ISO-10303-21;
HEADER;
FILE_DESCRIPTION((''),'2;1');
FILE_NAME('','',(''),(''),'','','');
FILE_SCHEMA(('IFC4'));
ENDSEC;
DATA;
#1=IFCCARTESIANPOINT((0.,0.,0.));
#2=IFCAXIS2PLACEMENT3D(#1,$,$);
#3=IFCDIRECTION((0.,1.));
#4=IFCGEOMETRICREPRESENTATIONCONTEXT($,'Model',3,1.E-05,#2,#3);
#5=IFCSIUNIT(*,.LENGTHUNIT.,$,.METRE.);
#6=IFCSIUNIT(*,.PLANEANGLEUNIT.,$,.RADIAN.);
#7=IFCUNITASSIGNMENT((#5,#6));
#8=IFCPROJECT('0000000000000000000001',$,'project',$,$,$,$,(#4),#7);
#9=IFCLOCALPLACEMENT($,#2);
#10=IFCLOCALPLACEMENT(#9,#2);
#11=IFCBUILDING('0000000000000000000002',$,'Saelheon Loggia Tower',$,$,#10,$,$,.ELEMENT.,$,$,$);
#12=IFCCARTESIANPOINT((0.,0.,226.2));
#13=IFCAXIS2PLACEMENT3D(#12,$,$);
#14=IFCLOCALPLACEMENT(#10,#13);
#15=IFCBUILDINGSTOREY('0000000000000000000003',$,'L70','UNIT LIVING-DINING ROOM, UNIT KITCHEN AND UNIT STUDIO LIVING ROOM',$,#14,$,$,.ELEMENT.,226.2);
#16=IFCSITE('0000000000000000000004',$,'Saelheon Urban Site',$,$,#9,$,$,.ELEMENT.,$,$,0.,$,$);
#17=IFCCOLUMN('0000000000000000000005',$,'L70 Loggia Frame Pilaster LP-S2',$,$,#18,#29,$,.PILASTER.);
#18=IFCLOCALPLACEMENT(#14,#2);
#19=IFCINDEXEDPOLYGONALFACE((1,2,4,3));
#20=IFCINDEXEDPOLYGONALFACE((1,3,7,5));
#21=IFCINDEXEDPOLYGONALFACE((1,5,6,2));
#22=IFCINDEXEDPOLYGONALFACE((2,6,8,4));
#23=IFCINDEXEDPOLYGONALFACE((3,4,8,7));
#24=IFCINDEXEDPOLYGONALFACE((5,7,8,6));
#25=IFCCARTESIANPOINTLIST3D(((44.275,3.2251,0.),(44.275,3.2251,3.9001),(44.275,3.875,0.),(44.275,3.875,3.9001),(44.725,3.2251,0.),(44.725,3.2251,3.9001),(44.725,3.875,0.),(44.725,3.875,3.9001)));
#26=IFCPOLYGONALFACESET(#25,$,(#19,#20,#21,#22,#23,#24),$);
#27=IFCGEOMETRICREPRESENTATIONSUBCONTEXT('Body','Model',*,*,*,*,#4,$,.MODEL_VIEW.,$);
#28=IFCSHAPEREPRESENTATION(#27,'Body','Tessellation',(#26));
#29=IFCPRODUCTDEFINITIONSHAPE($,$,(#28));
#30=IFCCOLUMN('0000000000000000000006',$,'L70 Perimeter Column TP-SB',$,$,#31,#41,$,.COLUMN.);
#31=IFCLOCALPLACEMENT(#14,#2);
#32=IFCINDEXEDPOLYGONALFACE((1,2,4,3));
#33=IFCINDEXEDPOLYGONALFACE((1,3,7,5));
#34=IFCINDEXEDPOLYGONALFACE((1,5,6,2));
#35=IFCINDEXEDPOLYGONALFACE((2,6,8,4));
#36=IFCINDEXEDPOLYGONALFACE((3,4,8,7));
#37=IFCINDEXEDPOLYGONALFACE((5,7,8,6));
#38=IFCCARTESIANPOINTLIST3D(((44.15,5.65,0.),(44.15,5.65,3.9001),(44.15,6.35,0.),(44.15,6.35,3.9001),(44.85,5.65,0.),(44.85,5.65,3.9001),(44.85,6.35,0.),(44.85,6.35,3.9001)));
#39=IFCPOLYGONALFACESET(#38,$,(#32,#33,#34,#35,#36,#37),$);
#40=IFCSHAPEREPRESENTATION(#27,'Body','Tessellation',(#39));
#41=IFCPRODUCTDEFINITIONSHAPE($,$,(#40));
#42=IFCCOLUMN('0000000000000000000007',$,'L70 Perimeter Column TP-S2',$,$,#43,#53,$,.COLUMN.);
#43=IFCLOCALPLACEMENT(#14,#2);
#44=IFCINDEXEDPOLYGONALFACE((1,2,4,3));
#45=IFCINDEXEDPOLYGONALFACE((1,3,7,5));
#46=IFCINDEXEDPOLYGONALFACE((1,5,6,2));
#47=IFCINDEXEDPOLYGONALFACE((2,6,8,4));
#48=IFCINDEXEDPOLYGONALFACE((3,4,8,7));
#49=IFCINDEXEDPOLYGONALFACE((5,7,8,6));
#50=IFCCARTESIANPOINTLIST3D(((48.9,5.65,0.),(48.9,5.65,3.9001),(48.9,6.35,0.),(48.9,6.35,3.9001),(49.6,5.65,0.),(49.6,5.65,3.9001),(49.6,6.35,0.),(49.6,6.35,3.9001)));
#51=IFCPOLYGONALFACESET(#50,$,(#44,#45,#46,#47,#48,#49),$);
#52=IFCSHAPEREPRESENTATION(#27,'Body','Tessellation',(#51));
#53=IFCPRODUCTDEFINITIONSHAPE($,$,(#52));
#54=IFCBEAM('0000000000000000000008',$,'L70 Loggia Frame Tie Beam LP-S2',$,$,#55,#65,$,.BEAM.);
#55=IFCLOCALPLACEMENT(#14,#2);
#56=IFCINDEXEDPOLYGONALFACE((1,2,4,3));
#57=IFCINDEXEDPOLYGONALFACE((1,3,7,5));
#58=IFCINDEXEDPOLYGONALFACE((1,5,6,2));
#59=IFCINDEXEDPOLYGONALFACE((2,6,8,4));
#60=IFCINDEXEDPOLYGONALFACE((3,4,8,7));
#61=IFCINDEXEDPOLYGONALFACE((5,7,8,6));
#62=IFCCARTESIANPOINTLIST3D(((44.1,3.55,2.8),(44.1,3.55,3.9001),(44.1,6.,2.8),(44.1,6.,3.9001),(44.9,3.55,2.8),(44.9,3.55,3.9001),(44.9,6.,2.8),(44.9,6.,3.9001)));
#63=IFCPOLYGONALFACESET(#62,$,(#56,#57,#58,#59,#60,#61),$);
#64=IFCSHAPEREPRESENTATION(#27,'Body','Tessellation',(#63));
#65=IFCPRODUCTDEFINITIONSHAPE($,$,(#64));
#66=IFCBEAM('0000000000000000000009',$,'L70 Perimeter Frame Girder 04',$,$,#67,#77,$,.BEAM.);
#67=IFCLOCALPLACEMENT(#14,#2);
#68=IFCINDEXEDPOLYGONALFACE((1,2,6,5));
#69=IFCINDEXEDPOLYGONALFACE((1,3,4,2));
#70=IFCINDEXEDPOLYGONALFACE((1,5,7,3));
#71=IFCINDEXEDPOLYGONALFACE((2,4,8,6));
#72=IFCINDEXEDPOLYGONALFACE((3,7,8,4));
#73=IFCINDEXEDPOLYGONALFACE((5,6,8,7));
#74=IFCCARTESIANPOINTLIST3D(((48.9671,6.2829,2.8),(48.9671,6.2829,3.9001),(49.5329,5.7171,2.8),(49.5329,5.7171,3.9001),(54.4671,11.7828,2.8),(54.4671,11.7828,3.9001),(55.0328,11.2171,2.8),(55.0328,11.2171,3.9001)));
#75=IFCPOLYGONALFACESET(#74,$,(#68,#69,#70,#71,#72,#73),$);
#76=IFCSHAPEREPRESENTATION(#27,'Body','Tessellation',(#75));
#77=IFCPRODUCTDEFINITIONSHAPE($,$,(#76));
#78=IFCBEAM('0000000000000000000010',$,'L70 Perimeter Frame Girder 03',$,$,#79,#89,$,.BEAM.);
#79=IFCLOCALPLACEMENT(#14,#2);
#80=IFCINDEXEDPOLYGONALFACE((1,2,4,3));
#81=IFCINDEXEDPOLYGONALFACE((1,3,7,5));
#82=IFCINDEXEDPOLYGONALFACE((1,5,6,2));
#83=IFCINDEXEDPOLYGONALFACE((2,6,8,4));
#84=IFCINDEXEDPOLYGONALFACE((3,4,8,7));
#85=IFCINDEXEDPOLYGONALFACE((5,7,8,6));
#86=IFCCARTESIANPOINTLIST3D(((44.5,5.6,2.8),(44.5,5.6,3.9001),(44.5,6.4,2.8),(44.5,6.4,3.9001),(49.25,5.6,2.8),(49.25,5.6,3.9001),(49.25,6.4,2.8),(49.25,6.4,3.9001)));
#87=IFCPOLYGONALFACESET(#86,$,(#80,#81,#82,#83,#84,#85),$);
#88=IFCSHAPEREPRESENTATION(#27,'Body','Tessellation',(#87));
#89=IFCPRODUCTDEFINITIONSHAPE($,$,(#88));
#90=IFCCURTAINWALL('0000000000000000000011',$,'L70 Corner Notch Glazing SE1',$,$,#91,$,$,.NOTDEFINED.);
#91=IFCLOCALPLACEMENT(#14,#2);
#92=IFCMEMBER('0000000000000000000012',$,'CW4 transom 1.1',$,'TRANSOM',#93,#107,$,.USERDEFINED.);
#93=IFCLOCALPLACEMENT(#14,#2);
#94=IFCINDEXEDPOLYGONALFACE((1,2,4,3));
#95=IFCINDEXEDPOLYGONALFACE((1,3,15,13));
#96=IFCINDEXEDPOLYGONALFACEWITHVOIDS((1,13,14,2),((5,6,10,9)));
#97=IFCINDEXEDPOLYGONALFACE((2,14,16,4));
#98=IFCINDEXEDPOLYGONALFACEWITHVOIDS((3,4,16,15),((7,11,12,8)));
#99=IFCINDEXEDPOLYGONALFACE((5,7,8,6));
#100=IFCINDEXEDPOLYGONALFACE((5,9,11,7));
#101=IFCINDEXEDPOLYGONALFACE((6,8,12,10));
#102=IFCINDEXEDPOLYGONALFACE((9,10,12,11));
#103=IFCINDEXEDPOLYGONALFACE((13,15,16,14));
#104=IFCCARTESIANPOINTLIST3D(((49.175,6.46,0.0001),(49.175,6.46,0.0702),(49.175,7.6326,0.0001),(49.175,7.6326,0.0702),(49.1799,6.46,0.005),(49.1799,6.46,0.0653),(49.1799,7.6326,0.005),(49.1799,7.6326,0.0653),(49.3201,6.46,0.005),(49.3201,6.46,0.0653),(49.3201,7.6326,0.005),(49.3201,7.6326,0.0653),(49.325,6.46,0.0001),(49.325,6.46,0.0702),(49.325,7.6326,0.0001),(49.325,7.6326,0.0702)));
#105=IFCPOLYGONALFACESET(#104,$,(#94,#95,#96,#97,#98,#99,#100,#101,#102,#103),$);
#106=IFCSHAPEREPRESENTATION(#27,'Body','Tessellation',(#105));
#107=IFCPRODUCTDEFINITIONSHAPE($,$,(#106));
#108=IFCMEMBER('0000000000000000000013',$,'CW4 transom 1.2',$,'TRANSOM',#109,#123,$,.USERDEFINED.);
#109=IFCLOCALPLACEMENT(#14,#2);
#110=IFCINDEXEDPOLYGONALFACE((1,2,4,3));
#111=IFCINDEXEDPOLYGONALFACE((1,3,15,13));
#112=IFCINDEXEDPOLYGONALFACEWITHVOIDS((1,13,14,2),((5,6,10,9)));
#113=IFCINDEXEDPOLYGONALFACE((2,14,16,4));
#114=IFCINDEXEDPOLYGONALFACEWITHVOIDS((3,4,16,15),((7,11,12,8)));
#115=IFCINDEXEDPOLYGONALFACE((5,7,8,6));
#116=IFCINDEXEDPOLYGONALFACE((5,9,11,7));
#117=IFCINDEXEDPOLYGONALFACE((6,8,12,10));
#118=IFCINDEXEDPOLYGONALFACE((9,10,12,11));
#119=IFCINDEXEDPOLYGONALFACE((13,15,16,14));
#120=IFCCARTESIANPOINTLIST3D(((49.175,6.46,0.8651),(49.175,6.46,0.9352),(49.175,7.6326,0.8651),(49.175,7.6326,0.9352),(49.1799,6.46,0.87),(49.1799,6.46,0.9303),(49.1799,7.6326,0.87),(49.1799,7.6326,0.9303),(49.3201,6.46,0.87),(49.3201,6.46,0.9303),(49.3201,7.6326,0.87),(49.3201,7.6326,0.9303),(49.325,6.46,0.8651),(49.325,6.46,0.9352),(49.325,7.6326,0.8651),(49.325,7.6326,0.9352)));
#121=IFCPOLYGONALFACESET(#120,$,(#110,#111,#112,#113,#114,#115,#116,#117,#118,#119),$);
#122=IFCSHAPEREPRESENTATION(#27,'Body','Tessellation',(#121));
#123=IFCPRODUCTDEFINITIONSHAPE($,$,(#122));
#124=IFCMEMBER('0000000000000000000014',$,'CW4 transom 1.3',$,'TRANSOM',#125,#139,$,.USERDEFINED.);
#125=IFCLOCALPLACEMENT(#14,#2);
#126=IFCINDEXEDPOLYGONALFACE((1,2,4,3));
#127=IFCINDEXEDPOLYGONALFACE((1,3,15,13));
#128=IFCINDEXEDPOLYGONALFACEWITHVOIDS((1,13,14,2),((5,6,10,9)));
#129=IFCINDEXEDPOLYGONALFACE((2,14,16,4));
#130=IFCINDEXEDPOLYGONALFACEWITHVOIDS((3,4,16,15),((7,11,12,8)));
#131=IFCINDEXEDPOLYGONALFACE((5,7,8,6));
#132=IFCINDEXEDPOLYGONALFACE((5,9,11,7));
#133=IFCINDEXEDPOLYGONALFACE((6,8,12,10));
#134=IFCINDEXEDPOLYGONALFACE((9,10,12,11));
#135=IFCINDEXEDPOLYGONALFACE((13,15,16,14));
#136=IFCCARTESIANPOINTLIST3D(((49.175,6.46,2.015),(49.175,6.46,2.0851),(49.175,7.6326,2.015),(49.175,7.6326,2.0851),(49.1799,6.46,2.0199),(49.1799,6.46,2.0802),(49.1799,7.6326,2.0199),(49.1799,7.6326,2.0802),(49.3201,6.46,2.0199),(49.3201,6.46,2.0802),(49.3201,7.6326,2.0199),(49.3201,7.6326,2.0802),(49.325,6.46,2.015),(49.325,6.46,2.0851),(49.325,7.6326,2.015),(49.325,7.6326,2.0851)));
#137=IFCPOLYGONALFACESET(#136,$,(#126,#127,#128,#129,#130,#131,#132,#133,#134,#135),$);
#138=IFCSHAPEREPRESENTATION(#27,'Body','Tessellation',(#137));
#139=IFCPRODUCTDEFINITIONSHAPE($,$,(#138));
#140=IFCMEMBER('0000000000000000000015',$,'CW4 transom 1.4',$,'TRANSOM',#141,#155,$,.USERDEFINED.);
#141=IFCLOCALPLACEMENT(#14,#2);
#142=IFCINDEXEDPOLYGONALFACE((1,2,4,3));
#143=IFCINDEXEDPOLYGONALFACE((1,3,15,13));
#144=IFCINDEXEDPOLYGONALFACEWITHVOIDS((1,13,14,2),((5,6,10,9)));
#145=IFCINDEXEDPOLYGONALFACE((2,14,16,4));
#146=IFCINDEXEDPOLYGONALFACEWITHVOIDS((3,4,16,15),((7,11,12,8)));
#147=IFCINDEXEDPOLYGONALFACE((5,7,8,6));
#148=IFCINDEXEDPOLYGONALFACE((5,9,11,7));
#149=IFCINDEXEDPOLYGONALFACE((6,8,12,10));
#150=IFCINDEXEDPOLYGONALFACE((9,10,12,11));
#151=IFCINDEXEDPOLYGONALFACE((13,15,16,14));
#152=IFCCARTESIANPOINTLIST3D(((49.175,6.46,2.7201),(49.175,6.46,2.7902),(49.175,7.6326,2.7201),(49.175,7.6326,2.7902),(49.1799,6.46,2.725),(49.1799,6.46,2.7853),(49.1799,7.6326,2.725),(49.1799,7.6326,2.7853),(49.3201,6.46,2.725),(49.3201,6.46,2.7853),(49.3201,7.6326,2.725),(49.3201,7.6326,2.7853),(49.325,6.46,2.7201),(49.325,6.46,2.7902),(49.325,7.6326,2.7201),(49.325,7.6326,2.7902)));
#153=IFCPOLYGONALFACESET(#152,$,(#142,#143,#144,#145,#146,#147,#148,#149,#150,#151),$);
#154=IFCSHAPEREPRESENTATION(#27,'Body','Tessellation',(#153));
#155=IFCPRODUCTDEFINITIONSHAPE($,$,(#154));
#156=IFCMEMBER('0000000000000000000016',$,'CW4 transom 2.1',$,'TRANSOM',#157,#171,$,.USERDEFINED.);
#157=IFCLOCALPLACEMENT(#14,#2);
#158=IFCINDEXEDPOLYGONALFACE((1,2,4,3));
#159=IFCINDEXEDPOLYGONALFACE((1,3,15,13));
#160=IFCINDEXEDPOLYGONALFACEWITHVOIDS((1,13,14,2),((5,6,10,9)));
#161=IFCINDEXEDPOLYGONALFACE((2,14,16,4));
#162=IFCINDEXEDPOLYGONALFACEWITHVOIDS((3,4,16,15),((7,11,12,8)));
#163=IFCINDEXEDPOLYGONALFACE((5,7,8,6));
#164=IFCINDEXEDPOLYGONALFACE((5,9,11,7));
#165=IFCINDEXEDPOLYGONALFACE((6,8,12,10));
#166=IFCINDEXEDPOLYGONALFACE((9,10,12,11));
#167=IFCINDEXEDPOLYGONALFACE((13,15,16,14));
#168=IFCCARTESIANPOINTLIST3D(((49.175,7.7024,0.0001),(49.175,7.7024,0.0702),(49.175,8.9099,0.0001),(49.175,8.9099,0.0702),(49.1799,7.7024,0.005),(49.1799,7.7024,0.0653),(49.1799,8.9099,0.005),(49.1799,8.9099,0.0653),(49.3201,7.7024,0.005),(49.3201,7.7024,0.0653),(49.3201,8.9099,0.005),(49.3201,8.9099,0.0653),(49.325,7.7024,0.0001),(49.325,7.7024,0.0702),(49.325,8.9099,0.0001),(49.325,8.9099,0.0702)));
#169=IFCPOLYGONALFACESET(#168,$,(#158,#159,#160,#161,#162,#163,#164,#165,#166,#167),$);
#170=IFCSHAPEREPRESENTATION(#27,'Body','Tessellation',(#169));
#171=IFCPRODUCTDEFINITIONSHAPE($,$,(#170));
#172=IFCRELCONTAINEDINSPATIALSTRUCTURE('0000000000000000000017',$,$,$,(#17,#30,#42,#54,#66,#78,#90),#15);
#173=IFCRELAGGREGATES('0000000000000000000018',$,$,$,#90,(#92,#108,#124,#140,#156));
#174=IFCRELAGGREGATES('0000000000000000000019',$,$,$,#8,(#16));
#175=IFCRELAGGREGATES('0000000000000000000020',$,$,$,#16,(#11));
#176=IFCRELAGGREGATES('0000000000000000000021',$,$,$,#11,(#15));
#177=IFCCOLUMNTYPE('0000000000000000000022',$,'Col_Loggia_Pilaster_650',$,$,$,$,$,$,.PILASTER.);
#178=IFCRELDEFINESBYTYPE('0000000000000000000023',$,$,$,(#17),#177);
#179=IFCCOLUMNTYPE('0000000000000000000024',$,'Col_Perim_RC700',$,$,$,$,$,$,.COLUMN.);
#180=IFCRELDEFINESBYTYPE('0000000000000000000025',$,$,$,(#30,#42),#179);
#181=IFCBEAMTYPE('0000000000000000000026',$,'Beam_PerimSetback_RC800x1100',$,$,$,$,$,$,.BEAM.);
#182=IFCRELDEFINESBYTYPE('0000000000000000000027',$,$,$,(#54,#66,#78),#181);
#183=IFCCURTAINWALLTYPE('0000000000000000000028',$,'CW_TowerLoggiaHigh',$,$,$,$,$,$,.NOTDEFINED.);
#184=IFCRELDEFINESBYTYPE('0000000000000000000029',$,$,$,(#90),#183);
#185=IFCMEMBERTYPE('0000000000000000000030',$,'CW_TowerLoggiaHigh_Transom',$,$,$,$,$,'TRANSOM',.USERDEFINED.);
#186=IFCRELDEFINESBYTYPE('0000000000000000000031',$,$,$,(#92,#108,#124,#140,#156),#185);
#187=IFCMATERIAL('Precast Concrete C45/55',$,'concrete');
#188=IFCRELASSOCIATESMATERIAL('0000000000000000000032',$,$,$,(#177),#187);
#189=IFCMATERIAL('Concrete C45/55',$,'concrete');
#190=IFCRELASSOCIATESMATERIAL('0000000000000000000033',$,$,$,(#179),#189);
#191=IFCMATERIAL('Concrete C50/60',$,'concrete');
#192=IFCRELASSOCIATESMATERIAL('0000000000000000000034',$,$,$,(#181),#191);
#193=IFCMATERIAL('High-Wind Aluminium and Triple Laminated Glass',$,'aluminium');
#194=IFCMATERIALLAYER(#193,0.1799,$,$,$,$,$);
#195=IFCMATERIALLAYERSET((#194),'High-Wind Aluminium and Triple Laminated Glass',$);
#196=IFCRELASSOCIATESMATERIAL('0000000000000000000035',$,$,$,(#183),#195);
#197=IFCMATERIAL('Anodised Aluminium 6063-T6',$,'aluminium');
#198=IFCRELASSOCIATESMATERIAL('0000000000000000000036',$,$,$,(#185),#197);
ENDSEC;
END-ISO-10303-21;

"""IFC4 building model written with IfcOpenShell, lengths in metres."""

from ifc_helpers import new_model, si_unit, direction, frame, origin, origin_2d, place, context, subcontext, project, spatial, rectangle, hollow_rectangle, extrude, source, transform, mapped, material, layer, layer_set, material_profile, profile_set, type_object, element, aggregate, save


model = new_model("IFC4")

# Units and contexts
model_context = context("Model", 3, precision=1e-05, world=origin(), true_north=direction((0.0, 1.0)))
body_context = subcontext(model_context, "Body", "Model", "MODEL_VIEW")
ifc_project = project(units=[si_unit("LENGTHUNIT", "METRE"), si_unit("PLANEANGLEUNIT", "RADIAN")], contexts=[model_context])

# Site, building, storey
site_placement = place(None, origin())
site = spatial("IfcSite", under=ifc_project, at=site_placement, Name="Saelheon Urban Site", CompositionType="ELEMENT", RefElevation=0.0)
building_placement = place(site_placement, origin())
building = spatial("IfcBuilding", under=site, at=building_placement, Name="Saelheon Loggia Tower", CompositionType="ELEMENT")
storey_placement = place(building_placement, frame((0.0, 0.0, 226.2)))
storey = spatial("IfcBuildingStorey", under=building, at=storey_placement, Name="L70", Description="UNIT LIVING-DINING ROOM, UNIT KITCHEN AND UNIT STUDIO LIVING ROOM", CompositionType="ELEMENT", Elevation=226.2)

# Columns
ifc_material_1 = material(Name="Precast Concrete C45/55", Category="concrete")
ifc_material_profile_1 = material_profile(ifc_material_1, rectangle(XDim=0.45, YDim=0.6499, at=origin_2d()), Name="RC-450x650")
ifc_profile_set_1 = profile_set([ifc_material_profile_1], Name="Precast Concrete C45/55")
column_type_1 = type_object("IfcColumnType", Name="Col_Loggia_Pilaster_650", PredefinedType="PILASTER", material=ifc_profile_set_1)
shared_shape_1 = source(origin(), body_context, "Body", "SweptSolid", [
    extrude(rectangle(XDim=0.45, YDim=0.6499, at=origin_2d()), origin(), (0.0, 0.0, 1.0), 3.9001),
])
column_placement = place(storey_placement, frame((44.5, 3.55, 0.0), z_axis=(0.0, 0.0, 1.0), x_axis=(1.0, 0.0, 0.0)))
element("IfcColumn", 1, at=column_placement, inside=storey, type_object=column_type_1, Name="L70 Loggia Frame Pilaster LP-S2", PredefinedType="PILASTER", context=body_context, shape_type="MappedRepresentation", body=[
    mapped(shared_shape_1, transform((0.0, 0.0, 0.0), scale=1.0)),
])
ifc_material_2 = material(Name="Concrete C45/55", Category="concrete")
ifc_material_profile_2 = material_profile(ifc_material_2, rectangle(XDim=0.7, YDim=0.7, at=origin_2d()), Name="RC-700x700")
ifc_profile_set_2 = profile_set([ifc_material_profile_2], Name="Concrete C45/55")
column_type_2 = type_object("IfcColumnType", Name="Col_Perim_RC700", PredefinedType="COLUMN", material=ifc_profile_set_2)
shared_shape_2 = source(origin(), body_context, "Body", "SweptSolid", [
    extrude(rectangle(XDim=0.7, YDim=0.7, at=origin_2d()), origin(), (0.0, 0.0, 1.0), 3.9001),
])
for number, where, z_axis, x_axis, name in (
    (2, (44.5, 6.0, 0.0), (0.0, 0.0, 1.0), (1.0, 0.0, 0.0), "L70 Perimeter Column TP-SB"),
    (3, (49.25, 6.0, 0.0), (0.0, 0.0, 1.0), (1.0, 0.0, 0.0), "L70 Perimeter Column TP-S2"),
):
    element("IfcColumn", number, at=place(storey_placement, frame(where, z_axis=z_axis, x_axis=x_axis)), inside=storey, type_object=column_type_2, Name=name, PredefinedType="COLUMN", context=body_context, shape_type="MappedRepresentation", body=[
        mapped(shared_shape_2, transform((0.0, 0.0, 0.0), scale=1.0)),
    ])

# Beams
ifc_material_3 = material(Name="Concrete C50/60", Category="concrete")
ifc_material_profile_3 = material_profile(ifc_material_3, rectangle(XDim=0.8, YDim=1.1001, at=origin_2d()), Name="RC-800x1100")
ifc_profile_set_3 = profile_set([ifc_material_profile_3], Name="Concrete C50/60")
beam_type = type_object("IfcBeamType", Name="Beam_PerimSetback_RC800x1100", PredefinedType="BEAM", material=ifc_profile_set_3)
shared_shape_3 = source(origin(), body_context, "Body", "SweptSolid", [
    extrude(rectangle(XDim=0.8, YDim=1.1001, at=origin_2d()), origin(), (0.0, 0.0, 1.0), 2.45),
])
beam_1_placement = place(storey_placement, frame((44.5, 6.0, 3.3501), z_axis=(0.0, -1.0, 0.0), x_axis=(1.0, 0.0, 0.0)))
element("IfcBeam", 4, at=beam_1_placement, inside=storey, type_object=beam_type, Name="L70 Loggia Frame Tie Beam LP-S2", PredefinedType="BEAM", context=body_context, shape_type="MappedRepresentation", body=[
    mapped(shared_shape_3, transform((0.0, 0.0, 0.0), scale=1.0)),
])
shared_shape_4 = source(origin(), body_context, "Body", "SweptSolid", [
    extrude(rectangle(XDim=0.8, YDim=1.1001, at=origin_2d()), origin(), (0.0, 0.0, 1.0), 7.7781),
])
beam_2_placement = place(storey_placement, frame((49.25, 6.0, 3.3501), z_axis=(0.707107, 0.707107, 0.0), x_axis=(-0.707107, 0.707107, 0.0)))
element("IfcBeam", 5, at=beam_2_placement, inside=storey, type_object=beam_type, Name="L70 Perimeter Frame Girder 04", PredefinedType="BEAM", context=body_context, shape_type="MappedRepresentation", body=[
    mapped(shared_shape_4, transform((0.0, 0.0, 0.0), scale=1.0)),
])
shared_shape_5 = source(origin(), body_context, "Body", "SweptSolid", [
    extrude(rectangle(XDim=0.8, YDim=1.1001, at=origin_2d()), origin(), (0.0, 0.0, 1.0), 4.75),
])
beam_3_placement = place(storey_placement, frame((44.5, 6.0, 3.3501), z_axis=(1.0, 0.0, 0.0), x_axis=(0.0, 1.0, 0.0)))
element("IfcBeam", 6, at=beam_3_placement, inside=storey, type_object=beam_type, Name="L70 Perimeter Frame Girder 03", PredefinedType="BEAM", context=body_context, shape_type="MappedRepresentation", body=[
    mapped(shared_shape_5, transform((0.0, 0.0, 0.0), scale=1.0)),
])

# Curtain wall, members
ifc_material_4 = material(Name="High-Wind Aluminium and Triple Laminated Glass", Category="aluminium")
ifc_layer_1 = layer(ifc_material_4, 0.1799)
ifc_layer_set_1 = layer_set([ifc_layer_1], Name="High-Wind Aluminium and Triple Laminated Glass")
curtain_wall_type = type_object("IfcCurtainWallType", Name="CW_TowerLoggiaHigh", PredefinedType="NOTDEFINED", material=ifc_layer_set_1)
curtain_wall_placement = place(storey_placement, origin())
curtain_wall = element("IfcCurtainWall", 7, at=curtain_wall_placement, inside=storey, type_object=curtain_wall_type, Name="L70 Corner Notch Glazing SE1", PredefinedType="NOTDEFINED")
ifc_material_5 = material(Name="Anodised Aluminium 6063-T6", Category="aluminium")
ifc_material_profile_4 = material_profile(ifc_material_5, hollow_rectangle(XDim=0.0701, YDim=0.1499, WallThickness=0.0049, at=origin_2d()), Name="RHS-150x70x5")
ifc_profile_set_4 = profile_set([ifc_material_profile_4], Name="Anodised Aluminium 6063-T6")
member_type_1 = type_object("IfcMemberType", Name="CW_TowerLoggiaHigh_Transom", ElementType="TRANSOM", PredefinedType="USERDEFINED", material=ifc_profile_set_4)
shared_shape_6 = source(origin(), body_context, "Body", "SweptSolid", [
    extrude(hollow_rectangle(XDim=0.0701, YDim=0.1499, WallThickness=0.0049, at=origin_2d()), origin(), (0.0, 0.0, 1.0), 1.1726),
])
member_1_placement = place(storey_placement, frame((49.25, 6.46, 0.0352), z_axis=(0.0, 1.0, 0.0), x_axis=(0.0, 0.0, 1.0)))
member_1 = element("IfcMember", 8, at=member_1_placement, type_object=member_type_1, Name="CW4 transom 1.1", ObjectType="TRANSOM", PredefinedType="USERDEFINED", context=body_context, shape_type="MappedRepresentation", body=[
    mapped(shared_shape_6, transform((0.0, 0.0, 0.0), scale=1.0)),
])
member_2_placement = place(storey_placement, frame((49.25, 6.46, 0.9001), z_axis=(0.0, 1.0, 0.0), x_axis=(0.0, 0.0, 1.0)))
member_2 = element("IfcMember", 9, at=member_2_placement, type_object=member_type_1, Name="CW4 transom 1.2", ObjectType="TRANSOM", PredefinedType="USERDEFINED", context=body_context, shape_type="MappedRepresentation", body=[
    mapped(shared_shape_6, transform((0.0, 0.0, 0.0), scale=1.0)),
])
member_3_placement = place(storey_placement, frame((49.25, 6.46, 2.05), z_axis=(0.0, 1.0, 0.0), x_axis=(0.0, 0.0, 1.0)))
member_3 = element("IfcMember", 10, at=member_3_placement, type_object=member_type_1, Name="CW4 transom 1.3", ObjectType="TRANSOM", PredefinedType="USERDEFINED", context=body_context, shape_type="MappedRepresentation", body=[
    mapped(shared_shape_6, transform((0.0, 0.0, 0.0), scale=1.0)),
])
member_4_placement = place(storey_placement, frame((49.25, 6.46, 2.7551), z_axis=(0.0, 1.0, 0.0), x_axis=(0.0, 0.0, 1.0)))
member_4 = element("IfcMember", 11, at=member_4_placement, type_object=member_type_1, Name="CW4 transom 1.4", ObjectType="TRANSOM", PredefinedType="USERDEFINED", context=body_context, shape_type="MappedRepresentation", body=[
    mapped(shared_shape_6, transform((0.0, 0.0, 0.0), scale=1.0)),
])
shared_shape_7 = source(origin(), body_context, "Body", "SweptSolid", [
    extrude(hollow_rectangle(XDim=0.0701, YDim=0.1499, WallThickness=0.0049, at=origin_2d()), origin(), (0.0, 0.0, 1.0), 1.2075),
])
member_5_placement = place(storey_placement, frame((49.25, 7.7024, 0.0352), z_axis=(0.0, 1.0, 0.0), x_axis=(0.0, 0.0, 1.0)))
member_5 = element("IfcMember", 12, at=member_5_placement, type_object=member_type_1, Name="CW4 transom 2.1", ObjectType="TRANSOM", PredefinedType="USERDEFINED", context=body_context, shape_type="MappedRepresentation", body=[
    mapped(shared_shape_7, transform((0.0, 0.0, 0.0), scale=1.0)),
])
aggregate(curtain_wall, [member_1, member_2, member_3, member_4, member_5])

save(model, "model.ifc")
